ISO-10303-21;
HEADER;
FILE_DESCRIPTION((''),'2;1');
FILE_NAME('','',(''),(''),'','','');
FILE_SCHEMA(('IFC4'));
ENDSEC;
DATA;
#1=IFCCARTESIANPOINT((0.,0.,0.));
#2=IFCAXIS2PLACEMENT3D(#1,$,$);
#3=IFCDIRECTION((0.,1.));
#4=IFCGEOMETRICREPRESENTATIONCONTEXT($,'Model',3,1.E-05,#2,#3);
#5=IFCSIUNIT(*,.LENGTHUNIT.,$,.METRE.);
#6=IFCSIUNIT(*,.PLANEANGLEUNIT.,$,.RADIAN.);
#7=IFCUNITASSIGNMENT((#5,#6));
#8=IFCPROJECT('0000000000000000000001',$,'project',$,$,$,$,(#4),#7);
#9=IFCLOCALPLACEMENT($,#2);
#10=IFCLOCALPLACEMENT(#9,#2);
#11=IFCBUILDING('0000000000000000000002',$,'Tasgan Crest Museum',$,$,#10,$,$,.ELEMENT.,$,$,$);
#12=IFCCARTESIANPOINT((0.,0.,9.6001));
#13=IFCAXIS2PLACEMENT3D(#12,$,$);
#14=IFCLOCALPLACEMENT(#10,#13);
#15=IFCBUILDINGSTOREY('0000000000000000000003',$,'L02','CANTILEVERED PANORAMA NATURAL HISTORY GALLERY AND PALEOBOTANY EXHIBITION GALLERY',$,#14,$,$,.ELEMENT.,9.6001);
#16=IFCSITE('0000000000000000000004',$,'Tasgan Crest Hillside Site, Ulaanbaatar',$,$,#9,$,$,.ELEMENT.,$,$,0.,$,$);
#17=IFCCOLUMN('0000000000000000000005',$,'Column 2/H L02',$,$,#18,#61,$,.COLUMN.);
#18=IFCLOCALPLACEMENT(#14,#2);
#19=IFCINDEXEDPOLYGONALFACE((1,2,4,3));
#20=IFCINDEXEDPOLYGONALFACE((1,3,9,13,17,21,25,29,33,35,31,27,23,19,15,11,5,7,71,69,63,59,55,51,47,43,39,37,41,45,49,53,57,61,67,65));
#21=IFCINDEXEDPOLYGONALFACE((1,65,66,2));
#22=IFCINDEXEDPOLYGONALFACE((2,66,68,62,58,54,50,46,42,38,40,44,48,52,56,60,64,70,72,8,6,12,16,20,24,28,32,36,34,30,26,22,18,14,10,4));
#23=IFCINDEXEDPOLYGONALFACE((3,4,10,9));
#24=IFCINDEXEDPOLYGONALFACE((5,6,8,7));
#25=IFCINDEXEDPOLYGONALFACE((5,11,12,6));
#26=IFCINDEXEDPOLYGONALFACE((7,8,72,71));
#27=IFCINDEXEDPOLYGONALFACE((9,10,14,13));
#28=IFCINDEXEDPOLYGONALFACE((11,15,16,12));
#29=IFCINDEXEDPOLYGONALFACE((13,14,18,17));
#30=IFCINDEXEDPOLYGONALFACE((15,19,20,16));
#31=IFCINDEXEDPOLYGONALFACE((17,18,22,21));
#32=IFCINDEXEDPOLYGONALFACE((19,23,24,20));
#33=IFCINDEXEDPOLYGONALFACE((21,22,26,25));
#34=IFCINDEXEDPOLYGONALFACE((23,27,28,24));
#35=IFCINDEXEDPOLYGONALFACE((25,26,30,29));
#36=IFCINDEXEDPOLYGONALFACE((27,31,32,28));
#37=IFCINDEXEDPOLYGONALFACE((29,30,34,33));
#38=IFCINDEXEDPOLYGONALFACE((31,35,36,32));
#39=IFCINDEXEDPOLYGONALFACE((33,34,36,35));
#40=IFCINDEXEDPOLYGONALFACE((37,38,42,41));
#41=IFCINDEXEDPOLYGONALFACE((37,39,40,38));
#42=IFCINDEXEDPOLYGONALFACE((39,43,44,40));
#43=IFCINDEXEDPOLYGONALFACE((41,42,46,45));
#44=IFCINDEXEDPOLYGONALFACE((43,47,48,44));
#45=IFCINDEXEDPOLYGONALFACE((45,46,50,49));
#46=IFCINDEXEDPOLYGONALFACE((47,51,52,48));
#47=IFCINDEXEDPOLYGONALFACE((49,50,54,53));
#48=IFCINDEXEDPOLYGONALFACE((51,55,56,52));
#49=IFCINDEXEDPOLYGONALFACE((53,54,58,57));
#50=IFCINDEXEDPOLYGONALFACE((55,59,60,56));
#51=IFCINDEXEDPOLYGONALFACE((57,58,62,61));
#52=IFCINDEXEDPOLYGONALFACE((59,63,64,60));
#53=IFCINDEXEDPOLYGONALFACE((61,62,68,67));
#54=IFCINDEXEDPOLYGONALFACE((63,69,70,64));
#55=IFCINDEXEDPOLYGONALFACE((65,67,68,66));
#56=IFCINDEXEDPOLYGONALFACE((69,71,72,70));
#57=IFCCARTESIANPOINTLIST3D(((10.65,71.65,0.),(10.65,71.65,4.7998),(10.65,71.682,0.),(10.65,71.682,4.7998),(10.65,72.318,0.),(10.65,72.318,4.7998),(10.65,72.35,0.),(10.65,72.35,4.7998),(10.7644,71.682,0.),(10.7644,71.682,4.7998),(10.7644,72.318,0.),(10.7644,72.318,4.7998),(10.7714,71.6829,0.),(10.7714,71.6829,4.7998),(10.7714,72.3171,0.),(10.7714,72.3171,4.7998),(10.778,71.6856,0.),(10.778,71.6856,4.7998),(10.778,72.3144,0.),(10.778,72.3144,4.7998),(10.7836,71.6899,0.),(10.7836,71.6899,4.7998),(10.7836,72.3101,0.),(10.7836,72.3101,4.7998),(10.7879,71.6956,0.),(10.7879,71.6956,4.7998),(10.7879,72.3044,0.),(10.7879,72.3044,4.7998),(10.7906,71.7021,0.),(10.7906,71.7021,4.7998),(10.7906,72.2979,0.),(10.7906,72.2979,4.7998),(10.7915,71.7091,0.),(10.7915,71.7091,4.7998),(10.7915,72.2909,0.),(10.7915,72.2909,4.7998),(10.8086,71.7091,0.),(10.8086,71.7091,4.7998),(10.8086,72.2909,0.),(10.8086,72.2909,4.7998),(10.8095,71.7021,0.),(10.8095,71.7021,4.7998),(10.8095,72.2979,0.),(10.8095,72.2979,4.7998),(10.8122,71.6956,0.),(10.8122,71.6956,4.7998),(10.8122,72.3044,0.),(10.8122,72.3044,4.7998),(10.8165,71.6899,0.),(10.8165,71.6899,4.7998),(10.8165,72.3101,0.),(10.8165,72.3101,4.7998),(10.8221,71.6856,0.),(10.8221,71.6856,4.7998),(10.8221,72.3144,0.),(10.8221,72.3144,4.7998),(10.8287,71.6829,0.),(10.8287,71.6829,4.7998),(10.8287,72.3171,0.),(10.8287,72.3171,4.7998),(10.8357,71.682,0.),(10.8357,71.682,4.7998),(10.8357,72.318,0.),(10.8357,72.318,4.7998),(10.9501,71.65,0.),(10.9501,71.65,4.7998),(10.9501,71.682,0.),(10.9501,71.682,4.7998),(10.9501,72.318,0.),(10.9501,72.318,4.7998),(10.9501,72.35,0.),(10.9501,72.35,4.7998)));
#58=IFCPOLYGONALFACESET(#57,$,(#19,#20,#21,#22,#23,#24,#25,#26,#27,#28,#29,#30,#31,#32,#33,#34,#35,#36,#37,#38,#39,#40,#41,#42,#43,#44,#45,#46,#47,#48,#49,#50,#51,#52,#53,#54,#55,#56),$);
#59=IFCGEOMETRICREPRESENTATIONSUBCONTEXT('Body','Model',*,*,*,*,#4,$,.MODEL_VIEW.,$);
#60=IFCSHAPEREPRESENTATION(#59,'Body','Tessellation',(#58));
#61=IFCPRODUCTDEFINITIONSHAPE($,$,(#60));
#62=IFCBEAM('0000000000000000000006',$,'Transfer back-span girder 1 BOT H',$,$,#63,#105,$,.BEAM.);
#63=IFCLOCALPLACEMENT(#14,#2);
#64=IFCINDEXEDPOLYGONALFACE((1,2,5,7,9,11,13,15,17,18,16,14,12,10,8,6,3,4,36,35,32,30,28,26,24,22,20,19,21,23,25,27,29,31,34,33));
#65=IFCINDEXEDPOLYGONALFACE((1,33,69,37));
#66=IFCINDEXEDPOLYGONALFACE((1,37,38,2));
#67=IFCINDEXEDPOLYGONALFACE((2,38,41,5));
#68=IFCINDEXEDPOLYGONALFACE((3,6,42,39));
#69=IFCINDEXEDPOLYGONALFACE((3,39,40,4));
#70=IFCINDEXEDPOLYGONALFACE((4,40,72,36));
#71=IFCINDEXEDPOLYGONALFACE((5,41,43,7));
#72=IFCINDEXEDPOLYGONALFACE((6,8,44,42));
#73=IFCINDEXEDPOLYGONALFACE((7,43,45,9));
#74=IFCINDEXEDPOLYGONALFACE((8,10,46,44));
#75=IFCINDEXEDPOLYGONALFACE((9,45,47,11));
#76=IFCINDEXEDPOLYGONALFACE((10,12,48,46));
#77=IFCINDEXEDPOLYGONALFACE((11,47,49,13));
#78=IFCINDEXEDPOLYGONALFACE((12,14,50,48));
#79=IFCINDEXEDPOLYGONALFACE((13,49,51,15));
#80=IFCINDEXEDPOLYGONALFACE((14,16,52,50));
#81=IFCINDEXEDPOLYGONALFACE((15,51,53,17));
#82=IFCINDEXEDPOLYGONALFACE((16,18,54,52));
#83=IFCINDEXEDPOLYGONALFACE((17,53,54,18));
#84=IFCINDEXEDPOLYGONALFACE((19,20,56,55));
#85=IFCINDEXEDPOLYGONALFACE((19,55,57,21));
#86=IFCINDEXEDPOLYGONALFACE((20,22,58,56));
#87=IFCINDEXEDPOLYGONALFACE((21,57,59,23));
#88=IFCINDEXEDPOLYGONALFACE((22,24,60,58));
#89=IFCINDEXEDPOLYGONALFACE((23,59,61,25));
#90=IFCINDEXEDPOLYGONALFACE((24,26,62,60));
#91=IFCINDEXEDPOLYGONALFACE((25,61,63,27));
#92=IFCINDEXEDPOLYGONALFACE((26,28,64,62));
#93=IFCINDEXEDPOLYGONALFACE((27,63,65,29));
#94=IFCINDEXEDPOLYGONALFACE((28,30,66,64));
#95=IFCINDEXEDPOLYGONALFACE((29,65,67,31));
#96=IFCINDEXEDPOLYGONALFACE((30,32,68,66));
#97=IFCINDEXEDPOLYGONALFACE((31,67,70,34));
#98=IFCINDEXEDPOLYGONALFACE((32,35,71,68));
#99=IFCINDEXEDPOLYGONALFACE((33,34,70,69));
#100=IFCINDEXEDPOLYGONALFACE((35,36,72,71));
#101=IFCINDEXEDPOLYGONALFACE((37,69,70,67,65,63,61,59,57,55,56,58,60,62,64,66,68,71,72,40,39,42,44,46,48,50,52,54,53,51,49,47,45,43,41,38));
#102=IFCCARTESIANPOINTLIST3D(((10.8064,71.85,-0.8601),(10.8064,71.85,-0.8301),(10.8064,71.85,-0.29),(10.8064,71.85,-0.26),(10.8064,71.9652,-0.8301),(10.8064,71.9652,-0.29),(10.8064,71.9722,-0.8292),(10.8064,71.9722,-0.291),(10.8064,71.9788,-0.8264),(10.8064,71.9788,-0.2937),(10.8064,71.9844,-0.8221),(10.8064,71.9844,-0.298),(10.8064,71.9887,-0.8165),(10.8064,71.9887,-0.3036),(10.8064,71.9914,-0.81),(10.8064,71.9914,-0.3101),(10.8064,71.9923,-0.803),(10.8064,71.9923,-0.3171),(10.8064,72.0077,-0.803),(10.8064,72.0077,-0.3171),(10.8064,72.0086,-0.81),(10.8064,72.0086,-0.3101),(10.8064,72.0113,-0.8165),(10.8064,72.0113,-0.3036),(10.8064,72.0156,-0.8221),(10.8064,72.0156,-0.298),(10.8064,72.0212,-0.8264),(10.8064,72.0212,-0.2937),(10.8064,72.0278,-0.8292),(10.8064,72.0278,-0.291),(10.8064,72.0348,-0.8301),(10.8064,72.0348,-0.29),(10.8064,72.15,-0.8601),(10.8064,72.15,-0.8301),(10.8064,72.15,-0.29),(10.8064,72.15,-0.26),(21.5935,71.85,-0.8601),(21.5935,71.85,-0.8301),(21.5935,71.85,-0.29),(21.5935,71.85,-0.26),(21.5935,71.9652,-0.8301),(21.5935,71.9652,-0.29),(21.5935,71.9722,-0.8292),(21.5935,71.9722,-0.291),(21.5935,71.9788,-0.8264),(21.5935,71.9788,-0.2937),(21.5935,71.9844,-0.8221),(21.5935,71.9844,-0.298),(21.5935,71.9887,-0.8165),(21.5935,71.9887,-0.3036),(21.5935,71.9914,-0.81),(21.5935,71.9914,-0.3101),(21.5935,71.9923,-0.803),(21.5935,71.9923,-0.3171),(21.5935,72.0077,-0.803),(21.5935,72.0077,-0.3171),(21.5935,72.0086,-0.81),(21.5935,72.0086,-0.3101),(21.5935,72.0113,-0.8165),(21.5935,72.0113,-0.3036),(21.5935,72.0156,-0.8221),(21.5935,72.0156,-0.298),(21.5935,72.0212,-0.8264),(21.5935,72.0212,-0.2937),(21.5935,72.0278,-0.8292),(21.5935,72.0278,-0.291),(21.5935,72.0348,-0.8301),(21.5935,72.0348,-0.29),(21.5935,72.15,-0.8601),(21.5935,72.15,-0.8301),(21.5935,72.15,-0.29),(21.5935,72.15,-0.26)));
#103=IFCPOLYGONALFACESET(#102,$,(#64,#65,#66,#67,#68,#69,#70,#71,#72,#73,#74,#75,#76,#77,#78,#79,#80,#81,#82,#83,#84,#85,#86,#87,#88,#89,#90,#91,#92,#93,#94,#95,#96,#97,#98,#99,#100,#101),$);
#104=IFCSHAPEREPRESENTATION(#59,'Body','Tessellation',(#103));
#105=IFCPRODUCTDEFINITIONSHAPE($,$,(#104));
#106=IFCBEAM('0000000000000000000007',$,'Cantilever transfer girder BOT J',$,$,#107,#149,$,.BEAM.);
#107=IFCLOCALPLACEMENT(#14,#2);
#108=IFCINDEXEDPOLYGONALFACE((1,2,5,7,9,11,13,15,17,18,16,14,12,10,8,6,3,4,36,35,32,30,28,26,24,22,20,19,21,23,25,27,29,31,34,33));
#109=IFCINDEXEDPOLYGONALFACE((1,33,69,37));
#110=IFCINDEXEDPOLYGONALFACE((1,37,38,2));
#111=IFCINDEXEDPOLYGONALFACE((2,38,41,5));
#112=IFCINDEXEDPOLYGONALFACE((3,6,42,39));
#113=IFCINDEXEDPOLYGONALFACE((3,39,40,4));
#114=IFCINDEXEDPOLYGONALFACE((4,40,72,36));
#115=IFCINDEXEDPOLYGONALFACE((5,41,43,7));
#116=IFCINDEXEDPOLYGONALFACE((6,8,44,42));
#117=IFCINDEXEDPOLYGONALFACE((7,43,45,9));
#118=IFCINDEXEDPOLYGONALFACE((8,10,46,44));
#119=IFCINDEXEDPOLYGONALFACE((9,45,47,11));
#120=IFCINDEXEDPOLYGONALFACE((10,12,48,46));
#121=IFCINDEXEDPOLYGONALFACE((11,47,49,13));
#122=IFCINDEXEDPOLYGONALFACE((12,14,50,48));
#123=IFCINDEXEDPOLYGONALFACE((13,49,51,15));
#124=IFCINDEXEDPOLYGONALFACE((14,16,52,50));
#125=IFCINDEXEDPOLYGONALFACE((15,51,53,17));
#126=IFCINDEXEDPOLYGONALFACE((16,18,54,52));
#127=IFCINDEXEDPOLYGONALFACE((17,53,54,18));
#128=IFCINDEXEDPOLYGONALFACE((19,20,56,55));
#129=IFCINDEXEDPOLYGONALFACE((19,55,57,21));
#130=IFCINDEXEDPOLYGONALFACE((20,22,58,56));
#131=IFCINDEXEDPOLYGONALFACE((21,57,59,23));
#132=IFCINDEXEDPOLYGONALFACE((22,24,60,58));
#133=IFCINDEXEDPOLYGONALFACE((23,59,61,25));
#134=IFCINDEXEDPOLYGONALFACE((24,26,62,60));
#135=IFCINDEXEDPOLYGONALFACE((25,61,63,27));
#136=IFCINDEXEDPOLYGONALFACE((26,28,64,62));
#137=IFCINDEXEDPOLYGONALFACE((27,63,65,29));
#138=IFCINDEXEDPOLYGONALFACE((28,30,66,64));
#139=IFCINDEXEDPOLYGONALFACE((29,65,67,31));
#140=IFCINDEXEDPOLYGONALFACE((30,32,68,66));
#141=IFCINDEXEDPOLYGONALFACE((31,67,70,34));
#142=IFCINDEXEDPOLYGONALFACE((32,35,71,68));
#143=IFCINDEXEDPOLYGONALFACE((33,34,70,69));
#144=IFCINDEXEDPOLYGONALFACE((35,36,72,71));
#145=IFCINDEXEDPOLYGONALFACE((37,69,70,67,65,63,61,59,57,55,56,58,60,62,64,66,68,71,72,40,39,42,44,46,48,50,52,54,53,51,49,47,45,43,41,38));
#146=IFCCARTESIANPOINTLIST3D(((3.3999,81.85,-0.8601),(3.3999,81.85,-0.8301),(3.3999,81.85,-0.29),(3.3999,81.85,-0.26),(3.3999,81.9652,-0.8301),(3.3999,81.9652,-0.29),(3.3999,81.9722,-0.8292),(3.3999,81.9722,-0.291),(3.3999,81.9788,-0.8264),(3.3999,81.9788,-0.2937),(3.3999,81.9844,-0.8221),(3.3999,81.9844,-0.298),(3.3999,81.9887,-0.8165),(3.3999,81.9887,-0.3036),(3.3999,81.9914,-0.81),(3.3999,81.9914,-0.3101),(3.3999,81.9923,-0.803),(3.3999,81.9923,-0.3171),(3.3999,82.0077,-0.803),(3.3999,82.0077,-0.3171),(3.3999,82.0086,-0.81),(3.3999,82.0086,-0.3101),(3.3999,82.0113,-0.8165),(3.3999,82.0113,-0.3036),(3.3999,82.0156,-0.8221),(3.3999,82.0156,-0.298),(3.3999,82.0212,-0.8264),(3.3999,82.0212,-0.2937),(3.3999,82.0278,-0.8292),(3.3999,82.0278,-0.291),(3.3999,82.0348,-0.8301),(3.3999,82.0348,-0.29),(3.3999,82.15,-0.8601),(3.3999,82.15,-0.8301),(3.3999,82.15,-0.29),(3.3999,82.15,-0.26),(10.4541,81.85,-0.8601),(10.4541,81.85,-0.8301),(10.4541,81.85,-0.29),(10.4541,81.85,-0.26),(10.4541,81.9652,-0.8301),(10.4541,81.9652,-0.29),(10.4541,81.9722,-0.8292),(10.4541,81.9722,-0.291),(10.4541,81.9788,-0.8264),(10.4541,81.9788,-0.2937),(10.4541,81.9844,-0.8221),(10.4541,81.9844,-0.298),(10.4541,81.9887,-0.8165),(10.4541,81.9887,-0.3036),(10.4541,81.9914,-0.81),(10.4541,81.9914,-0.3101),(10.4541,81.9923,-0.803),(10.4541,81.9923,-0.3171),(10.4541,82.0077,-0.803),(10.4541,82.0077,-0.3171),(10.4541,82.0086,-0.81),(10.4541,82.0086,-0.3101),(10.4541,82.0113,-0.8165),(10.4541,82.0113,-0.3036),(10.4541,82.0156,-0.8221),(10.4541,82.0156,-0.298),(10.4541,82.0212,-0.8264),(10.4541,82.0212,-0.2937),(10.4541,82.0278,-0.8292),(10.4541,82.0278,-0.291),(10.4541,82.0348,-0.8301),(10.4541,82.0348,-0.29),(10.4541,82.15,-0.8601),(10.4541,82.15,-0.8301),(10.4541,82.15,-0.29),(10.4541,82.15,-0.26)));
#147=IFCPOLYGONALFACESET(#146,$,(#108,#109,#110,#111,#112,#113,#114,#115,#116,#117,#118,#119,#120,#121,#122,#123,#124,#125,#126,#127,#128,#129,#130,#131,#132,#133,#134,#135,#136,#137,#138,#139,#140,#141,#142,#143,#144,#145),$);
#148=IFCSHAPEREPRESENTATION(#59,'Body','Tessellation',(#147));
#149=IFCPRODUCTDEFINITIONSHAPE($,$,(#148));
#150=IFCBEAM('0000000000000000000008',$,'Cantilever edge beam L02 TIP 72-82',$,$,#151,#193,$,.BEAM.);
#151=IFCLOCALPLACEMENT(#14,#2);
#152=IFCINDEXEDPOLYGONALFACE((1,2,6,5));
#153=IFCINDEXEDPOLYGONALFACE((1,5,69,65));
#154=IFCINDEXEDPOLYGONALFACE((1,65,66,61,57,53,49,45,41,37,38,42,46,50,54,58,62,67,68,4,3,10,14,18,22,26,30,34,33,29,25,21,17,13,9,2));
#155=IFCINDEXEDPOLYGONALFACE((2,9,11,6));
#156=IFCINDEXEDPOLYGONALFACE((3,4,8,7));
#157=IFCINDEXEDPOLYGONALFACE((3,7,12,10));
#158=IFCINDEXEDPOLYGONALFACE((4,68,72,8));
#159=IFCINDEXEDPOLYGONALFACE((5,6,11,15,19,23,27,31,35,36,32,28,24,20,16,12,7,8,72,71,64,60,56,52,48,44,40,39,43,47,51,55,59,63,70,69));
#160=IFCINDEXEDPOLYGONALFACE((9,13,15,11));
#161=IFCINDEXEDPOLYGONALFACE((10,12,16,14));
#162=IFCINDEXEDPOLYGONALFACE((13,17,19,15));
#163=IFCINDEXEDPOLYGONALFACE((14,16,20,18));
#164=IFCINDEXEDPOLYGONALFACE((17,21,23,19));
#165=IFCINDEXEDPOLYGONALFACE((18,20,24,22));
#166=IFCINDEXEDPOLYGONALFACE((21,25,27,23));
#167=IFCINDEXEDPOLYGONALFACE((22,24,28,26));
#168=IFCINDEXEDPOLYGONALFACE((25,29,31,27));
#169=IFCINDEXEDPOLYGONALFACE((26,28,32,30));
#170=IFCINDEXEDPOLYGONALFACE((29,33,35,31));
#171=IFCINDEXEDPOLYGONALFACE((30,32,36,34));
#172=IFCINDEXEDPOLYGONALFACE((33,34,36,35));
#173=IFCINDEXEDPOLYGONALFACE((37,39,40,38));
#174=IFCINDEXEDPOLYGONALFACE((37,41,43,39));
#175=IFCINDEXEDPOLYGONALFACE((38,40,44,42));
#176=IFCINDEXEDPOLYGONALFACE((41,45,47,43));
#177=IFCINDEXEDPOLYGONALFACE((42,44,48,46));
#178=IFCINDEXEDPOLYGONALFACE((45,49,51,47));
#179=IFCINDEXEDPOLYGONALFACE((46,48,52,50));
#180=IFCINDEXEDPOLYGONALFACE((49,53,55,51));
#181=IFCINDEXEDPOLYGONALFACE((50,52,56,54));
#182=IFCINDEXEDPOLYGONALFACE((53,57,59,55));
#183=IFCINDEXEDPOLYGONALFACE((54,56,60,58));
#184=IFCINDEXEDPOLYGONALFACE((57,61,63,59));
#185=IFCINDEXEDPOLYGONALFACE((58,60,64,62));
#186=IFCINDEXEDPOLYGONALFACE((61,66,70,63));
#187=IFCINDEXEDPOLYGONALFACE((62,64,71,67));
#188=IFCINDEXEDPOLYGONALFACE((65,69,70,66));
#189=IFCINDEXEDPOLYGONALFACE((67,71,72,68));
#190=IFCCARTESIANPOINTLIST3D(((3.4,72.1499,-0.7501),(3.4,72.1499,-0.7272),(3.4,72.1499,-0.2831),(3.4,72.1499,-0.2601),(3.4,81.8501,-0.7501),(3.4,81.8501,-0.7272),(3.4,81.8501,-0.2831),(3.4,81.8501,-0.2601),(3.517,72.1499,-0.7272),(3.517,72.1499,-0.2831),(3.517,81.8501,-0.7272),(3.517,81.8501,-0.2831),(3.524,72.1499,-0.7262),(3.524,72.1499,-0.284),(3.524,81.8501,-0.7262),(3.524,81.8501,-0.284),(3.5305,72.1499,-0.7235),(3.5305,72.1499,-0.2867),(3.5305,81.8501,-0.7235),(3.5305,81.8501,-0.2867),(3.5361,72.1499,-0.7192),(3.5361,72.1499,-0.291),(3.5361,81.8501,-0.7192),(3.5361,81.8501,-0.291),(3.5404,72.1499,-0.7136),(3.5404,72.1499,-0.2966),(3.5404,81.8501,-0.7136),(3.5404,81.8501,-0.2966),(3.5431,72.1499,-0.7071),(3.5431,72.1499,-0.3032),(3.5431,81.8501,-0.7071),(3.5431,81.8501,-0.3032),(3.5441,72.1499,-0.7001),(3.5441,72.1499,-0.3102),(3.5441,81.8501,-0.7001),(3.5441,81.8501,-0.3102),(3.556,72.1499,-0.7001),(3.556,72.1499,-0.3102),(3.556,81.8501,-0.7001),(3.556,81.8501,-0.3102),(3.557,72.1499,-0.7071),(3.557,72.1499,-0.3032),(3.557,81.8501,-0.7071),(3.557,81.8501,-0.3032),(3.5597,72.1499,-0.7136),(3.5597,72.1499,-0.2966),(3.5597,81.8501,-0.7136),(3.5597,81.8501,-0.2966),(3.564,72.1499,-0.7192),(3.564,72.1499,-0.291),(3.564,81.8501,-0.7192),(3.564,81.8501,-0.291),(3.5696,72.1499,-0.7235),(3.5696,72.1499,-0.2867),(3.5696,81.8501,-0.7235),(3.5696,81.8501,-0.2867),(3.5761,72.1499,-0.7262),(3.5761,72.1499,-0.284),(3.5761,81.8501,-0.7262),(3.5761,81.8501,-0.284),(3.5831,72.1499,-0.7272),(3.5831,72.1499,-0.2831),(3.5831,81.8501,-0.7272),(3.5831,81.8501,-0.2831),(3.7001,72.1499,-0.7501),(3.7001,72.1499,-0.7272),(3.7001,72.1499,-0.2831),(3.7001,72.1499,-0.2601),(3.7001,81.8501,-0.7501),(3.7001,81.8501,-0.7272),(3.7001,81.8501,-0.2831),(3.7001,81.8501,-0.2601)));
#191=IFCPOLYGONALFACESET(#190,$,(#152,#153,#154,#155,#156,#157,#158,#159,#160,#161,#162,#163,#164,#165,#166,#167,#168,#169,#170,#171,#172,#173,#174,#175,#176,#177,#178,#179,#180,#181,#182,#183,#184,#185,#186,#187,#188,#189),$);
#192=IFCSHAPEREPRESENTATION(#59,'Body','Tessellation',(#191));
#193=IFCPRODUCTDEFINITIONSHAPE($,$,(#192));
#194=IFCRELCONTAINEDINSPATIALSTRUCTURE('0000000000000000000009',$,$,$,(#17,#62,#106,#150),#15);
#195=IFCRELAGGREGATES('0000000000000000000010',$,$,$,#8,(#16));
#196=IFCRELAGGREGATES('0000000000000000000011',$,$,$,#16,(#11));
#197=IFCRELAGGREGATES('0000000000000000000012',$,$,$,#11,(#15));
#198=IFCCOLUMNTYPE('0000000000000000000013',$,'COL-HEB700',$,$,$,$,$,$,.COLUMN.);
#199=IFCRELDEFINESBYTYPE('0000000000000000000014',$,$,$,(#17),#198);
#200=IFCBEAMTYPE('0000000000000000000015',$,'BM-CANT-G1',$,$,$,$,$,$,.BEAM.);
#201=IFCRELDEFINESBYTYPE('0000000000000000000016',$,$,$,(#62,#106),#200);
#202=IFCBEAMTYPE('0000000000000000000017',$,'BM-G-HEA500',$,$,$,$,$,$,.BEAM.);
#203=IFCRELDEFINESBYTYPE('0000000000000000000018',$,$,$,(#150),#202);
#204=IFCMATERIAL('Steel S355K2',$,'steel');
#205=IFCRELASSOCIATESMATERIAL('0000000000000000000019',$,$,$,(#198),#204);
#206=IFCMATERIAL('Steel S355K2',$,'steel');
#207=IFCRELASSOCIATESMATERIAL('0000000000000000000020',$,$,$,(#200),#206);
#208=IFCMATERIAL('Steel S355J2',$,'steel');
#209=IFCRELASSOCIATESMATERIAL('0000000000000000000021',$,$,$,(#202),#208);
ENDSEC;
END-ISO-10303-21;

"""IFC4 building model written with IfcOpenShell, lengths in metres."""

from ifc_helpers import new_model, si_unit, direction, frame, origin, origin_2d, place, context, subcontext, project, spatial, i_section, extrude, material, material_profile, profile_set, type_object, element, save


model = new_model("IFC4")

# Units and contexts
model_context = context("Model", 3, precision=1e-05, world=origin(), true_north=direction((0.0, 1.0)))
body_context = subcontext(model_context, "Body", "Model", "MODEL_VIEW")
ifc_project = project(units=[si_unit("LENGTHUNIT", "METRE"), si_unit("PLANEANGLEUNIT", "RADIAN")], contexts=[model_context])

# Site, building, storey
site_placement = place(None, origin())
site = spatial("IfcSite", under=ifc_project, at=site_placement, Name="Tasgan Crest Hillside Site, Ulaanbaatar", CompositionType="ELEMENT", RefElevation=0.0)
building_placement = place(site_placement, origin())
building = spatial("IfcBuilding", under=site, at=building_placement, Name="Tasgan Crest Museum", CompositionType="ELEMENT")
storey_placement = place(building_placement, frame((0.0, 0.0, 9.6001)))
storey = spatial("IfcBuildingStorey", under=building, at=storey_placement, Name="L02", Description="CANTILEVERED PANORAMA NATURAL HISTORY GALLERY AND PALEOBOTANY EXHIBITION GALLERY", CompositionType="ELEMENT", Elevation=9.6001)

# Column
ifc_material_1 = material(Name="Steel S355K2", Category="steel")
ifc_material_profile_1 = material_profile(ifc_material_1, i_section(OverallWidth=0.3, OverallDepth=0.7, WebThickness=0.0171, FlangeThickness=0.032, FilletRadius=0.0271, at=origin_2d()), Name="HEB 700")
ifc_profile_set_1 = profile_set([ifc_material_profile_1], Name="Steel S355K2")
column_type = type_object("IfcColumnType", Name="COL-HEB700", PredefinedType="COLUMN", material=ifc_profile_set_1)
column_placement = place(storey_placement, frame((10.8, 72.0, 0.0), z_axis=(0.0, 0.0, 1.0), x_axis=(1.0, 0.0, 0.0)))
element("IfcColumn", 1, at=column_placement, inside=storey, type_object=column_type, Name="Column 2/H L02", PredefinedType="COLUMN", context=body_context, shape_type="SweptSolid", body=[
    extrude(i_section(OverallWidth=0.3, OverallDepth=0.7, WebThickness=0.0171, FlangeThickness=0.032, FilletRadius=0.0271, at=origin_2d()), origin(), (0.0, 0.0, 1.0), 4.7998),
])

# Beams
ifc_material_2 = material(Name="Steel S355K2", Category="steel")
ifc_material_profile_2 = material_profile(ifc_material_2, i_section(OverallWidth=0.3, OverallDepth=0.6001, WebThickness=0.0154, FlangeThickness=0.03, FilletRadius=0.0271, at=origin_2d()), Name="HEB 600")
ifc_profile_set_2 = profile_set([ifc_material_profile_2], Name="Steel S355K2")
beam_type_1 = type_object("IfcBeamType", Name="BM-CANT-G1", PredefinedType="BEAM", material=ifc_profile_set_2)
beam_1_placement = place(storey_placement, frame((10.8064, 72.0, -0.5601), z_axis=(1.0, 0.0, 0.0), x_axis=(0.0, 1.0, 0.0)))
element("IfcBeam", 2, at=beam_1_placement, inside=storey, type_object=beam_type_1, Name="Transfer back-span girder 1 BOT H", PredefinedType="BEAM", context=body_context, shape_type="SweptSolid", body=[
    extrude(i_section(OverallWidth=0.3, OverallDepth=0.6001, WebThickness=0.0154, FlangeThickness=0.03, FilletRadius=0.0271, at=origin_2d()), origin(), (0.0, 0.0, 1.0), 10.7871),
])
beam_2_placement = place(storey_placement, frame((3.3999, 82.0, -0.5601), z_axis=(1.0, 0.0, 0.0), x_axis=(0.0, 1.0, 0.0)))
element("IfcBeam", 3, at=beam_2_placement, inside=storey, type_object=beam_type_1, Name="Cantilever transfer girder BOT J", PredefinedType="BEAM", context=body_context, shape_type="SweptSolid", body=[
    extrude(i_section(OverallWidth=0.3, OverallDepth=0.6001, WebThickness=0.0154, FlangeThickness=0.03, FilletRadius=0.0271, at=origin_2d()), origin(), (0.0, 0.0, 1.0), 7.0542),
])
ifc_material_3 = material(Name="Steel S355J2", Category="steel")
ifc_material_profile_3 = material_profile(ifc_material_3, i_section(OverallWidth=0.3, OverallDepth=0.49, WebThickness=0.012, FlangeThickness=0.0229, FilletRadius=0.0271, at=origin_2d()), Name="HEA 500")
ifc_profile_set_3 = profile_set([ifc_material_profile_3], Name="Steel S355J2")
beam_type_2 = type_object("IfcBeamType", Name="BM-G-HEA500", PredefinedType="BEAM", material=ifc_profile_set_3)
for number, where, z_axis, x_axis, name in (
    (4, (3.55, 72.1499, -0.5051), (0.0, 1.0, 0.0), (-1.0, 0.0, 0.0), "Cantilever edge beam L02 TIP 72-82"),
):
    element("IfcBeam", number, at=place(storey_placement, frame(where, z_axis=z_axis, x_axis=x_axis)), inside=storey, type_object=beam_type_2, Name=name, PredefinedType="BEAM", context=body_context, shape_type="SweptSolid", body=[
        extrude(i_section(OverallWidth=0.3, OverallDepth=0.49, WebThickness=0.012, FlangeThickness=0.0229, FilletRadius=0.0271, at=origin_2d()), origin(), (0.0, 0.0, 1.0), 9.7002),
    ])

save(model, "model.ifc")
